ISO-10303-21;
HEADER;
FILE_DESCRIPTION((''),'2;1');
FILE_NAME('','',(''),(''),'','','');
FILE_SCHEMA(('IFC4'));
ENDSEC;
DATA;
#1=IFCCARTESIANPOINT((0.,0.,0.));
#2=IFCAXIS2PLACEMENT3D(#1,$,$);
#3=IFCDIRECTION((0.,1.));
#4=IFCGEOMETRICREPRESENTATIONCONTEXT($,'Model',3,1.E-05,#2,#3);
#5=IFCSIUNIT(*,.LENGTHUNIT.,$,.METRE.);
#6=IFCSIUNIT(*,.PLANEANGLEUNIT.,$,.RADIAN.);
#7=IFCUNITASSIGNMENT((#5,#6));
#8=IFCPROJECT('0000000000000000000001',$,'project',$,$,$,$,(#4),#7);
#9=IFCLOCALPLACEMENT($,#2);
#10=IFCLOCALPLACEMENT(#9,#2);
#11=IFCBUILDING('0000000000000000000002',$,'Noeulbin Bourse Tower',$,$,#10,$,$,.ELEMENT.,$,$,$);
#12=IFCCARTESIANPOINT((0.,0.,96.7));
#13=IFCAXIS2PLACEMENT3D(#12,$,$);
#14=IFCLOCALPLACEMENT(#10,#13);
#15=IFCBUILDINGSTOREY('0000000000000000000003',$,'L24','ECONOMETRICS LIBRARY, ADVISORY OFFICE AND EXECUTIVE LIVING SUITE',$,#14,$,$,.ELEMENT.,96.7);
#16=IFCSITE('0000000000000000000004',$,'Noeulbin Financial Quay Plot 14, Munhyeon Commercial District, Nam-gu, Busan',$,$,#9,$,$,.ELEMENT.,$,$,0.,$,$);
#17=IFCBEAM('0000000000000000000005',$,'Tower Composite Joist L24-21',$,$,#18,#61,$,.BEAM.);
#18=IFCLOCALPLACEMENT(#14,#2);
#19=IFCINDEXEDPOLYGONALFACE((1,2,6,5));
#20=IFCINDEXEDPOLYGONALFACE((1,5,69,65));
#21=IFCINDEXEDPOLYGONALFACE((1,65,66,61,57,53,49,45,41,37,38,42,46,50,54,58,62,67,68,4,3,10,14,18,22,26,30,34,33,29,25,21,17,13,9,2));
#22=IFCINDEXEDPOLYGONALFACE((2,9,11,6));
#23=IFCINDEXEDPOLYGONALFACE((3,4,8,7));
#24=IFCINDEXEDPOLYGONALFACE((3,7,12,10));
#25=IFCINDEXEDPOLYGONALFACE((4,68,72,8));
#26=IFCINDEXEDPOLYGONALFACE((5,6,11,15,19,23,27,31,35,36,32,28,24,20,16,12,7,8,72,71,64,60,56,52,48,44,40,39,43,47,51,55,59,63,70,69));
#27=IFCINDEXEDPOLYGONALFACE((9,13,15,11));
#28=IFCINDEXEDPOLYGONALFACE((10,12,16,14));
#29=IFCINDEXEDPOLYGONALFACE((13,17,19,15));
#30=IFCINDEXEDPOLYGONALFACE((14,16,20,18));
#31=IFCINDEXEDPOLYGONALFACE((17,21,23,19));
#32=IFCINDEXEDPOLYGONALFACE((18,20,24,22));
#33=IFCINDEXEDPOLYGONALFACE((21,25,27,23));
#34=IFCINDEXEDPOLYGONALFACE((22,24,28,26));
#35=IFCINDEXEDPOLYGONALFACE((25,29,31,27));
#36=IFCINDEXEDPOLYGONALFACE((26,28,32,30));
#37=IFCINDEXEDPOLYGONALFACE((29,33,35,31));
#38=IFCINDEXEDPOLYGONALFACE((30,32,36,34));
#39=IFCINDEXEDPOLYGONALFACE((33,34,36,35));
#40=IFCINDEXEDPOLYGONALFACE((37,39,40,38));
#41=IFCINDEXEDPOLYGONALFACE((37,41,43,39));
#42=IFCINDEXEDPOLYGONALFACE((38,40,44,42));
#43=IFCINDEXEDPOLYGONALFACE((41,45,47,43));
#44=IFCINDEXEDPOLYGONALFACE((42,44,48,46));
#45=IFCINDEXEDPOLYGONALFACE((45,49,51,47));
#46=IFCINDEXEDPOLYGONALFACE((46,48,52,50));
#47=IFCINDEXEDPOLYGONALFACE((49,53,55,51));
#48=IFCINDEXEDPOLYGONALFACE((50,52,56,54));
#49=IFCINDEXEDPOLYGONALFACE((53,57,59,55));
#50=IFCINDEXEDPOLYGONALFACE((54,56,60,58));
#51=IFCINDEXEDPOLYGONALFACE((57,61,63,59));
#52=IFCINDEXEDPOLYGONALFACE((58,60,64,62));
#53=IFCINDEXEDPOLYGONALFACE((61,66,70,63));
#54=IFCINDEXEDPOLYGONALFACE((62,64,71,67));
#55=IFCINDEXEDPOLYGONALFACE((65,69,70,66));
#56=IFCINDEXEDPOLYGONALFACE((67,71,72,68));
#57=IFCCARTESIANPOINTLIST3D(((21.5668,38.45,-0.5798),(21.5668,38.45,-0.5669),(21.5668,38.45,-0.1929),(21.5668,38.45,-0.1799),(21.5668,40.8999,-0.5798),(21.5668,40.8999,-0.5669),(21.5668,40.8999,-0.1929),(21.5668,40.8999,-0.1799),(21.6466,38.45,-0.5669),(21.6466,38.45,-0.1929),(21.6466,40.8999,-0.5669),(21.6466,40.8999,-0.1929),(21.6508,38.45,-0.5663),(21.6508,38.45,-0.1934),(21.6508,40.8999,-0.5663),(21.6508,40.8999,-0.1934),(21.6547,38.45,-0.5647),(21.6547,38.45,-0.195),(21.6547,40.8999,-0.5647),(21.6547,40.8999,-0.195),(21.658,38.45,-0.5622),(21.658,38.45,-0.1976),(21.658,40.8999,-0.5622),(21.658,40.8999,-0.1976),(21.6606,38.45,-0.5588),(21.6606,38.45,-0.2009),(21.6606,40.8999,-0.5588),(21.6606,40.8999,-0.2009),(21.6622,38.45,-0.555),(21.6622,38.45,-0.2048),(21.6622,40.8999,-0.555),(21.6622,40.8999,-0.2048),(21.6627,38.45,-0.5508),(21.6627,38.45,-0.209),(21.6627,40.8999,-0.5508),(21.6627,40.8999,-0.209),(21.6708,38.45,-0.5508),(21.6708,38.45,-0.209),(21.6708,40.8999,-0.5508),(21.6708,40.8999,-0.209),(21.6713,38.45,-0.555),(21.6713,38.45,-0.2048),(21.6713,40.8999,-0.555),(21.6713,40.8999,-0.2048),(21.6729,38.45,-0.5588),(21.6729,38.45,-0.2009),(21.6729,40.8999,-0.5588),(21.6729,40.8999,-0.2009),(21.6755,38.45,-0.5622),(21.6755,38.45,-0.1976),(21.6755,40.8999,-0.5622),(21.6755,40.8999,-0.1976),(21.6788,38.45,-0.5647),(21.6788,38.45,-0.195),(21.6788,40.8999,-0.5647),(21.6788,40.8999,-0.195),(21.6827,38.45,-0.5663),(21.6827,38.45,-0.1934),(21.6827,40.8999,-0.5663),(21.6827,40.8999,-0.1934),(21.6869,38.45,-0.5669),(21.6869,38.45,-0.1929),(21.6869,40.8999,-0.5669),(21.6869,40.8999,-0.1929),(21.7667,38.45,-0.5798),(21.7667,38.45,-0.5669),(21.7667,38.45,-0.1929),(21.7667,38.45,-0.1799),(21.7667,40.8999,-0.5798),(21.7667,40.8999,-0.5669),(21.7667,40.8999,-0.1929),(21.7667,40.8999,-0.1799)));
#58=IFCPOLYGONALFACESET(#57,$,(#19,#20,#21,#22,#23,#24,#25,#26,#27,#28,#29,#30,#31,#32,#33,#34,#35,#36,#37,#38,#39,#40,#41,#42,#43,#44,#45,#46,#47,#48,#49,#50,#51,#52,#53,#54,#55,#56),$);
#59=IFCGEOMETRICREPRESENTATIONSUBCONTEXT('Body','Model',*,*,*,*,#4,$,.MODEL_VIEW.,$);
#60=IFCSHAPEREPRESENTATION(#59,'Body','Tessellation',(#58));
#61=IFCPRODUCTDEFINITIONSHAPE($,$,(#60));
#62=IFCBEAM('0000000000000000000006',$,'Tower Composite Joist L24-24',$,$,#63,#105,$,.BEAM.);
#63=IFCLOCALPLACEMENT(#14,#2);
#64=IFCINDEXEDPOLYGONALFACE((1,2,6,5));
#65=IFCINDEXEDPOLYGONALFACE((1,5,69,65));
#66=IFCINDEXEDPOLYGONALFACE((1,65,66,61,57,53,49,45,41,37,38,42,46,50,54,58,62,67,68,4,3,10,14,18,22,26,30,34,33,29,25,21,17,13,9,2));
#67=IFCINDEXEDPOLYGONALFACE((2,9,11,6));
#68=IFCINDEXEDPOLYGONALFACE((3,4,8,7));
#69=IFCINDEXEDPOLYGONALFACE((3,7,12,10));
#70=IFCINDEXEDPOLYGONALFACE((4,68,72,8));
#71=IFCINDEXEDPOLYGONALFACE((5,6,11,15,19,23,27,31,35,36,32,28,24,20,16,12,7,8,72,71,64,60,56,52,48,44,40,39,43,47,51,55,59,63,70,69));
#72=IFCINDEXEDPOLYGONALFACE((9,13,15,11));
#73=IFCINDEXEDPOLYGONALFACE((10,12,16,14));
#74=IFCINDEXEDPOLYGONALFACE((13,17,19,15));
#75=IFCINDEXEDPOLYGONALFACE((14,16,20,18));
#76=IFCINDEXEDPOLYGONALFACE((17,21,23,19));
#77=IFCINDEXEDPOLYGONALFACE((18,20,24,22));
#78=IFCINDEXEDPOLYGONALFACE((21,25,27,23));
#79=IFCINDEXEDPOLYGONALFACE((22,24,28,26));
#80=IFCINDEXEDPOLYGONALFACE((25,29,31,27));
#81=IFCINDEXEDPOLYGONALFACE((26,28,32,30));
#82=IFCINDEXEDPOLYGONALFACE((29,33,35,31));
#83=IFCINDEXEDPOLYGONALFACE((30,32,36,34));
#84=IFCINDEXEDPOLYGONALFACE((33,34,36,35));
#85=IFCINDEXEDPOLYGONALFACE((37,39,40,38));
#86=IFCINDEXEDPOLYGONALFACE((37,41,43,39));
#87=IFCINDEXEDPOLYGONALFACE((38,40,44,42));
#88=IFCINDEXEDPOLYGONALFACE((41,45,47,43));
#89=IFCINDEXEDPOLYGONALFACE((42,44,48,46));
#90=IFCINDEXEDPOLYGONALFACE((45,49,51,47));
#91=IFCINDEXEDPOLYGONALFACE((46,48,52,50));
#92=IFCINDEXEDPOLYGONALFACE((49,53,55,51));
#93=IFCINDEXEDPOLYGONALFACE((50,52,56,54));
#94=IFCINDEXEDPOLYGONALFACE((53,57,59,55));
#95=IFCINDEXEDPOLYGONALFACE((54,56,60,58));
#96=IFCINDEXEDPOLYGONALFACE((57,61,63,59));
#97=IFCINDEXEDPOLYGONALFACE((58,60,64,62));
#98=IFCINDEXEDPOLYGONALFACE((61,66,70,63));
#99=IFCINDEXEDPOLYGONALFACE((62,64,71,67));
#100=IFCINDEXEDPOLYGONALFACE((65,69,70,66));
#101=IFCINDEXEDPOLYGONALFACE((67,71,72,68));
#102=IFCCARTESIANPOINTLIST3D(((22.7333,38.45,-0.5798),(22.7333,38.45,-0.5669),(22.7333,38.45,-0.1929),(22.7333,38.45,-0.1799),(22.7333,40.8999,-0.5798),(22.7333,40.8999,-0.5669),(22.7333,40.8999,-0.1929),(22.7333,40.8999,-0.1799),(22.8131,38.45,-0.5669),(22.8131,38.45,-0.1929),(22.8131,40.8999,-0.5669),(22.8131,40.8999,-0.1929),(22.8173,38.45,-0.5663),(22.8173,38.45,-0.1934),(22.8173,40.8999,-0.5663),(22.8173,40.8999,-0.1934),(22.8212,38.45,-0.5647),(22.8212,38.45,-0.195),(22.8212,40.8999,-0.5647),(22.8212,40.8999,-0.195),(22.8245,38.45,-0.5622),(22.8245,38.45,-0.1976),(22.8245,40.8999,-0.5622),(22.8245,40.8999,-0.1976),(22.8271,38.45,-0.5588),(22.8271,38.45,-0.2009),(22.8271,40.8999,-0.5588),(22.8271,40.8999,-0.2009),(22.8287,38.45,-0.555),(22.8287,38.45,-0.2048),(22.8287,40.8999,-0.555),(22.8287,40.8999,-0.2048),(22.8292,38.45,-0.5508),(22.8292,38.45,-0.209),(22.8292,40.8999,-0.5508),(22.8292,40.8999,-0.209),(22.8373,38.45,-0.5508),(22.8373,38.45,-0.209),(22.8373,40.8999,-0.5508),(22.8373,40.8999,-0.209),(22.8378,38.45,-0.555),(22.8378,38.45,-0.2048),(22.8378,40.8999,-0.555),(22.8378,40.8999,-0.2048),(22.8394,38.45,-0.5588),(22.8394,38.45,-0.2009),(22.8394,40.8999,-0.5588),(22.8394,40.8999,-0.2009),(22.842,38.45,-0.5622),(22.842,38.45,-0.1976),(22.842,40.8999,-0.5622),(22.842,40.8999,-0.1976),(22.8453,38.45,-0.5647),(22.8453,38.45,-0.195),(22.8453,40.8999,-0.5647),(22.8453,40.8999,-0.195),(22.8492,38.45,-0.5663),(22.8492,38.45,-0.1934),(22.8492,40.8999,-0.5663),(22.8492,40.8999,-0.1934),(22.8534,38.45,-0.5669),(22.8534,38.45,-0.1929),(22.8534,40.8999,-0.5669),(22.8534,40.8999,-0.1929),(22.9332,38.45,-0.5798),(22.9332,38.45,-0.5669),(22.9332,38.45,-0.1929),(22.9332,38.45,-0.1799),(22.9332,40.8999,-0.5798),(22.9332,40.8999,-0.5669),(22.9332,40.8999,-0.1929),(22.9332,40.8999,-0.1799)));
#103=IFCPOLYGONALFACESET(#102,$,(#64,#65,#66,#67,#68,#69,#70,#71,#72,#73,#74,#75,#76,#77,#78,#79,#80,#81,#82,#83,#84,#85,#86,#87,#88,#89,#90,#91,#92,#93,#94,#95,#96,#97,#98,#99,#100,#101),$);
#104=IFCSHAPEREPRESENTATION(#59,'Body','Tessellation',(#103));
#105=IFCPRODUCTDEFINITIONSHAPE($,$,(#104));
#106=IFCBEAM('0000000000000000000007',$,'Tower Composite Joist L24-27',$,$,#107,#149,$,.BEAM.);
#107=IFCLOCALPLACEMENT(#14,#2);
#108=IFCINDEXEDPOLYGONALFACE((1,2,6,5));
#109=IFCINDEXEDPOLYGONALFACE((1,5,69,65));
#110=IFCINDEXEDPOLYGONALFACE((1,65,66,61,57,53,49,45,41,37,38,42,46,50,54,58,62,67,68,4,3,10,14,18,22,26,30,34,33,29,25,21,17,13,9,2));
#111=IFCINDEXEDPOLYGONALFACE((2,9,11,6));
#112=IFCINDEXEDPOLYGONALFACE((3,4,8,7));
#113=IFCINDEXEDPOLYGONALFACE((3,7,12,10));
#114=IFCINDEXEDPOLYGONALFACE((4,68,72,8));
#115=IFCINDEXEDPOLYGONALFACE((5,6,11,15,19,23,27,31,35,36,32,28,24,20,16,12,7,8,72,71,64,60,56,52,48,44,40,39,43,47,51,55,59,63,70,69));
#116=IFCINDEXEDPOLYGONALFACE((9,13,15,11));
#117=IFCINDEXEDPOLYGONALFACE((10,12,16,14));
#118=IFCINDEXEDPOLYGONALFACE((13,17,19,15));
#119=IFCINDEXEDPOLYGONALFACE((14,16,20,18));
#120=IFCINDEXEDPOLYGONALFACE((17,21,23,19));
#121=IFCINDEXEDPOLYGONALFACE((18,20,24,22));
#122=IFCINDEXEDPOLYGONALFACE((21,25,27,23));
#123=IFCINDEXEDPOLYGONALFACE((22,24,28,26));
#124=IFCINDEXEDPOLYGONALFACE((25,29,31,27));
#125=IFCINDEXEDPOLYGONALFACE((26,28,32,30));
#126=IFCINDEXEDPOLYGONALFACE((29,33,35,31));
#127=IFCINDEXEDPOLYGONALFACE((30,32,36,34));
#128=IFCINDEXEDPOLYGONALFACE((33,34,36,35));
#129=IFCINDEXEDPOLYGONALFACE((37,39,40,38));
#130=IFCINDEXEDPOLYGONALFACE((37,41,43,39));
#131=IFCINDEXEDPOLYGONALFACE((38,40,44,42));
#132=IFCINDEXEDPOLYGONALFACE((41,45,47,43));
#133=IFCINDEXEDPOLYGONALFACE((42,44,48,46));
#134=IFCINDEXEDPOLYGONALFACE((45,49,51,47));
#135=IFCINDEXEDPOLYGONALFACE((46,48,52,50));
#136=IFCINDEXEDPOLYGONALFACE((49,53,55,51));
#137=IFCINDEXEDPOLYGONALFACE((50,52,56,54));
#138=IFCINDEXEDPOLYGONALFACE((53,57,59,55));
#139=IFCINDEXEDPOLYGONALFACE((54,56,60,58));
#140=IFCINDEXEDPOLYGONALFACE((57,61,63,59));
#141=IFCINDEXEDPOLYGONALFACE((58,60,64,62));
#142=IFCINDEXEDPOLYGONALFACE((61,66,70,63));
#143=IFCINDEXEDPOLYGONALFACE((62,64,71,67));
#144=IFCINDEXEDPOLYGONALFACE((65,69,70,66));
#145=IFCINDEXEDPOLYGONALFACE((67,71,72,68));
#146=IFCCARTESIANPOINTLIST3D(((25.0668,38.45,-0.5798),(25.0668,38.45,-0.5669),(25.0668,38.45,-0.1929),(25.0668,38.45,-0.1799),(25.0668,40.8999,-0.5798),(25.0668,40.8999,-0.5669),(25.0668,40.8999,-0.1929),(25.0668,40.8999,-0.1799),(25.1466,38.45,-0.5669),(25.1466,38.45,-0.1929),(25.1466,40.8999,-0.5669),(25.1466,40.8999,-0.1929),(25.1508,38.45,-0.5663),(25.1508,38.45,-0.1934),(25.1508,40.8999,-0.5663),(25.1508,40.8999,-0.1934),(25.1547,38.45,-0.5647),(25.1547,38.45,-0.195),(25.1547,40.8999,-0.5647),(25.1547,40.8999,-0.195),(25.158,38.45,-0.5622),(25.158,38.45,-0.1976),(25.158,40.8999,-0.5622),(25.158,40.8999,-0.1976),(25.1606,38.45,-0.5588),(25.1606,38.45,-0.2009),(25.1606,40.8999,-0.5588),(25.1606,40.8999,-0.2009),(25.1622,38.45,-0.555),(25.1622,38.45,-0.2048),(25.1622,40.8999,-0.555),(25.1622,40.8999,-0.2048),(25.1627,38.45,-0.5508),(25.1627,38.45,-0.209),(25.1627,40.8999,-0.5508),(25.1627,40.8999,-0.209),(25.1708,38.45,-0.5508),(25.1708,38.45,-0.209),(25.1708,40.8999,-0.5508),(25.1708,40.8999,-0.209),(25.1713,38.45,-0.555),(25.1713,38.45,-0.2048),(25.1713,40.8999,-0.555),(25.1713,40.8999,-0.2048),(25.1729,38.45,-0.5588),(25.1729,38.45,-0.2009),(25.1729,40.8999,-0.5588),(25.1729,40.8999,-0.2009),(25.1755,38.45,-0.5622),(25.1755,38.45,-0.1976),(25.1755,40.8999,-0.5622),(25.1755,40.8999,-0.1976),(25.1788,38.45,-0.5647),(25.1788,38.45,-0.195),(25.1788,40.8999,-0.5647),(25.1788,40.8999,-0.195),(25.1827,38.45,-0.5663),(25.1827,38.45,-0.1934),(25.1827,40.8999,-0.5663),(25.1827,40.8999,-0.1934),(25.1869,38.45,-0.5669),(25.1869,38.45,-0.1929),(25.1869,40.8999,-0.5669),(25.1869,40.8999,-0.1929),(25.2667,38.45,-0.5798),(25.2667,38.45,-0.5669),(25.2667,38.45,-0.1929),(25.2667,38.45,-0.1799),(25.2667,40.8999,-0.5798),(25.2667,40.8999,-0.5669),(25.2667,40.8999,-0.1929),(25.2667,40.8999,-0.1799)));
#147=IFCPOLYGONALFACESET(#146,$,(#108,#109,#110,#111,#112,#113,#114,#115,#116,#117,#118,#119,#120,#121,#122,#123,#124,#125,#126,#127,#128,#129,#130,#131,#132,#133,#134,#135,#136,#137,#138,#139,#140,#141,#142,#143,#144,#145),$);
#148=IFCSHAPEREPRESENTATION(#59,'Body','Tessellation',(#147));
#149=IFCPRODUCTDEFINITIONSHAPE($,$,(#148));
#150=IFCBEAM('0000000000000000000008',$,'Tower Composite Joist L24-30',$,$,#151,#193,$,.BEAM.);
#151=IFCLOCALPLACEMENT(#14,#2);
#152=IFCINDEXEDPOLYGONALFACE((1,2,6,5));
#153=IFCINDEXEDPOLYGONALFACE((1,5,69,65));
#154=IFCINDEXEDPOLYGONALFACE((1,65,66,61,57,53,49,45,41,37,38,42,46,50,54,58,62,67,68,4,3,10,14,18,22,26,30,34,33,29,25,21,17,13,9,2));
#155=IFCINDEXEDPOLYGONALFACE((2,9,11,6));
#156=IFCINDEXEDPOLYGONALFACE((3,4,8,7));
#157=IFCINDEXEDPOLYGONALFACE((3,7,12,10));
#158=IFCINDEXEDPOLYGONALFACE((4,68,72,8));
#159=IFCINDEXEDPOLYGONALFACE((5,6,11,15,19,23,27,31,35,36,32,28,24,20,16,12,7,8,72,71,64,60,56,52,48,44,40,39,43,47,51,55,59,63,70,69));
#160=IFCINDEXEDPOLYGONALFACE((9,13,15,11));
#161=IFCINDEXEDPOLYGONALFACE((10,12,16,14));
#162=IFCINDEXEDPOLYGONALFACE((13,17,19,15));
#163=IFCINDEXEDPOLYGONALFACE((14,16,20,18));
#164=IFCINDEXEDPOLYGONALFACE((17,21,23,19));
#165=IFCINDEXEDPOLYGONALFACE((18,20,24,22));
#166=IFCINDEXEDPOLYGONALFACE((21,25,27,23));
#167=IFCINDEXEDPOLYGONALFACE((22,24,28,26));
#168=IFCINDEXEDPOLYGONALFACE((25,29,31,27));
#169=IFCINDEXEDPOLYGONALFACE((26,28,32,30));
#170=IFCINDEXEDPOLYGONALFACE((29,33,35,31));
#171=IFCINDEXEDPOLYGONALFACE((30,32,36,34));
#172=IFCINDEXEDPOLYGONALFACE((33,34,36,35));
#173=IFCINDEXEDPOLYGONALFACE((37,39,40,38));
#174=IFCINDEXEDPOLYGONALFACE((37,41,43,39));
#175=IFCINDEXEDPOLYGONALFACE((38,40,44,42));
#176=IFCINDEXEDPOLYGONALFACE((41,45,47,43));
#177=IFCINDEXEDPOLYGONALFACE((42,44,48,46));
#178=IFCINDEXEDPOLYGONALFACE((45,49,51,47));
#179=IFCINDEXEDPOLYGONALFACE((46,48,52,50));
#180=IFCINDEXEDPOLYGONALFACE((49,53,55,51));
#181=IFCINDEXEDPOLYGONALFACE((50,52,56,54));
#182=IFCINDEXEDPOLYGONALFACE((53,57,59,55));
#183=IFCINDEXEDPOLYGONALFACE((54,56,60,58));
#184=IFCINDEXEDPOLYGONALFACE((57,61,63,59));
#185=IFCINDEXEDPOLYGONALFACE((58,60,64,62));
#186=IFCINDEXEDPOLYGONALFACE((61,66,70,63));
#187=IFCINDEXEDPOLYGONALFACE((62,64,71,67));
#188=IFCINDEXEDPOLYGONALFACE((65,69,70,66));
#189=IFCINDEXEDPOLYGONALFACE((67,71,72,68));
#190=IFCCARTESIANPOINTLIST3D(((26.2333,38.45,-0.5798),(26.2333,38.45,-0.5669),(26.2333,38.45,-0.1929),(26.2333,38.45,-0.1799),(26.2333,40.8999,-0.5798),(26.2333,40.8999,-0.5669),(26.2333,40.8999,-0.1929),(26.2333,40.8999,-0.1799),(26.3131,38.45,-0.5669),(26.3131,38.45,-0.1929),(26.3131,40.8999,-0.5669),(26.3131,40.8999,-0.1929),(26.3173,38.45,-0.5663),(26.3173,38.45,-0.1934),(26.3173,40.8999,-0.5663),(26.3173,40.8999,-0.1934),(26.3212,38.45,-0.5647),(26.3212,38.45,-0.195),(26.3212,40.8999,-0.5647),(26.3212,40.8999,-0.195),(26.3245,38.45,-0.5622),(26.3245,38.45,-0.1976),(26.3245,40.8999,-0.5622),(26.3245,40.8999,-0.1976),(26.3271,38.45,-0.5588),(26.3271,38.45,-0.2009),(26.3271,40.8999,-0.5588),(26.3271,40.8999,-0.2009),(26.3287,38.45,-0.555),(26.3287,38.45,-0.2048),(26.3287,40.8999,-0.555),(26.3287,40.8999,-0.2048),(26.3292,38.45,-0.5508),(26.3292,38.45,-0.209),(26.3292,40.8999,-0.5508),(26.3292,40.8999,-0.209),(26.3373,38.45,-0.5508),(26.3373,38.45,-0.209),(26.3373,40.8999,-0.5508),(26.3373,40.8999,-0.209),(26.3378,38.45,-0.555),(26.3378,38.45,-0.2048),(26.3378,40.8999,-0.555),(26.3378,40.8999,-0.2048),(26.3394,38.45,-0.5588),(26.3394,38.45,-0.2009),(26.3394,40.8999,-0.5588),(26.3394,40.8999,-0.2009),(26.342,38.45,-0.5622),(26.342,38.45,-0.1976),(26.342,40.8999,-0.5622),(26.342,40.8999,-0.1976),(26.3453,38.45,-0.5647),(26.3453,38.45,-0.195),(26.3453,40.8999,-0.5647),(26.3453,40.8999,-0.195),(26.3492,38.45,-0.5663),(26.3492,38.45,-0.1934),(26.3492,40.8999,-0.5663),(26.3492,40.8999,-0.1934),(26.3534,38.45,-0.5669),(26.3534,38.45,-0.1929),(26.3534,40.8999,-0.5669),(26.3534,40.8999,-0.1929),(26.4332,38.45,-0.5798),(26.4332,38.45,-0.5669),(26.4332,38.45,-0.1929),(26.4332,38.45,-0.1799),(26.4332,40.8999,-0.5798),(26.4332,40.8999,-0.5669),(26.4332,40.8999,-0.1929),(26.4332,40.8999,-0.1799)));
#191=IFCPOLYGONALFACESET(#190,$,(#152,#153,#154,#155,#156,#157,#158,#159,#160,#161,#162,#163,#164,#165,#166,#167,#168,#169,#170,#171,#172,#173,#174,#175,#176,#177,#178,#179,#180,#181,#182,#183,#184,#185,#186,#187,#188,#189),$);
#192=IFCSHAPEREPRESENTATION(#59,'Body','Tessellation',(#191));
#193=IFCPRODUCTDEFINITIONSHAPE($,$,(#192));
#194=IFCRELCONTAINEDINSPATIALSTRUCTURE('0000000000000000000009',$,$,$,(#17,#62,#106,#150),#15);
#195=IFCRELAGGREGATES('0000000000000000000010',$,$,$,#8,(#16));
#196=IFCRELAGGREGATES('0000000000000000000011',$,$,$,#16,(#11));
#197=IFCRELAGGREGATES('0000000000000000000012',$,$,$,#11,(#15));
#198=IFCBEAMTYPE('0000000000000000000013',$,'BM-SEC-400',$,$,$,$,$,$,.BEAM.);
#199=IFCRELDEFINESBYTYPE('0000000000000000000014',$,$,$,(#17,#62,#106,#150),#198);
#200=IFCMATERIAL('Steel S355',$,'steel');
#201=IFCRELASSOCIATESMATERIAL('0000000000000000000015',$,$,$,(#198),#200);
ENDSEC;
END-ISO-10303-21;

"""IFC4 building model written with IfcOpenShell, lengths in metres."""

from ifc_helpers import new_model, si_unit, direction, frame, origin, origin_2d, place, context, subcontext, project, spatial, i_section, extrude, material, material_profile, profile_set, type_object, element, save


model = new_model("IFC4")

# Units and contexts
model_context = context("Model", 3, precision=1e-05, world=origin(), true_north=direction((0.0, 1.0)))
body_context = subcontext(model_context, "Body", "Model", "MODEL_VIEW")
ifc_project = project(units=[si_unit("LENGTHUNIT", "METRE"), si_unit("PLANEANGLEUNIT", "RADIAN")], contexts=[model_context])

# Site, building, storey
site_placement = place(None, origin())
site = spatial("IfcSite", under=ifc_project, at=site_placement, Name="Noeulbin Financial Quay Plot 14, Munhyeon Commercial District, Nam-gu, Busan", CompositionType="ELEMENT", RefElevation=0.0)
building_placement = place(site_placement, origin())
building = spatial("IfcBuilding", under=site, at=building_placement, Name="Noeulbin Bourse Tower", CompositionType="ELEMENT")
storey_placement = place(building_placement, frame((0.0, 0.0, 96.7)))
storey = spatial("IfcBuildingStorey", under=building, at=storey_placement, Name="L24", Description="ECONOMETRICS LIBRARY, ADVISORY OFFICE AND EXECUTIVE LIVING SUITE", CompositionType="ELEMENT", Elevation=96.7)

# Beams
ifc_material_1 = material(Name="Steel S355", Category="steel")
ifc_material_profile_1 = material_profile(ifc_material_1, i_section(OverallWidth=0.2, OverallDepth=0.3999, WebThickness=0.0081, FlangeThickness=0.0129, FilletRadius=0.0161, at=origin_2d()), Name="H-400x200x8x13", Category="LoadBearing")
ifc_profile_set_1 = profile_set([ifc_material_profile_1], Name="Steel S355")
beam_type_1 = type_object("IfcBeamType", Name="BM-SEC-400", PredefinedType="BEAM", material=ifc_profile_set_1)
for number, where, z_axis, x_axis, name in (
    (1, (21.6667, 38.45, -0.3799), (0.0, 1.0, 0.0), (-1.0, 0.0, 0.0), "Tower Composite Joist L24-21"),
    (2, (22.8333, 38.45, -0.3799), (0.0, 1.0, 0.0), (-1.0, 0.0, 0.0), "Tower Composite Joist L24-24"),
    (3, (25.1667, 38.45, -0.3799), (0.0, 1.0, 0.0), (-1.0, 0.0, 0.0), "Tower Composite Joist L24-27"),
    (4, (26.3333, 38.45, -0.3799), (0.0, 1.0, 0.0), (-1.0, 0.0, 0.0), "Tower Composite Joist L24-30"),
):
    element("IfcBeam", number, at=place(storey_placement, frame(where, z_axis=z_axis, x_axis=x_axis)), inside=storey, type_object=beam_type_1, Name=name, PredefinedType="BEAM", context=body_context, shape_type="SweptSolid", body=[
        extrude(i_section(OverallWidth=0.2, OverallDepth=0.3999, WebThickness=0.0081, FlangeThickness=0.0129, FilletRadius=0.0161, at=origin_2d()), origin(), (0.0, 0.0, 1.0), 2.45),
    ])

save(model, "model.ifc")
